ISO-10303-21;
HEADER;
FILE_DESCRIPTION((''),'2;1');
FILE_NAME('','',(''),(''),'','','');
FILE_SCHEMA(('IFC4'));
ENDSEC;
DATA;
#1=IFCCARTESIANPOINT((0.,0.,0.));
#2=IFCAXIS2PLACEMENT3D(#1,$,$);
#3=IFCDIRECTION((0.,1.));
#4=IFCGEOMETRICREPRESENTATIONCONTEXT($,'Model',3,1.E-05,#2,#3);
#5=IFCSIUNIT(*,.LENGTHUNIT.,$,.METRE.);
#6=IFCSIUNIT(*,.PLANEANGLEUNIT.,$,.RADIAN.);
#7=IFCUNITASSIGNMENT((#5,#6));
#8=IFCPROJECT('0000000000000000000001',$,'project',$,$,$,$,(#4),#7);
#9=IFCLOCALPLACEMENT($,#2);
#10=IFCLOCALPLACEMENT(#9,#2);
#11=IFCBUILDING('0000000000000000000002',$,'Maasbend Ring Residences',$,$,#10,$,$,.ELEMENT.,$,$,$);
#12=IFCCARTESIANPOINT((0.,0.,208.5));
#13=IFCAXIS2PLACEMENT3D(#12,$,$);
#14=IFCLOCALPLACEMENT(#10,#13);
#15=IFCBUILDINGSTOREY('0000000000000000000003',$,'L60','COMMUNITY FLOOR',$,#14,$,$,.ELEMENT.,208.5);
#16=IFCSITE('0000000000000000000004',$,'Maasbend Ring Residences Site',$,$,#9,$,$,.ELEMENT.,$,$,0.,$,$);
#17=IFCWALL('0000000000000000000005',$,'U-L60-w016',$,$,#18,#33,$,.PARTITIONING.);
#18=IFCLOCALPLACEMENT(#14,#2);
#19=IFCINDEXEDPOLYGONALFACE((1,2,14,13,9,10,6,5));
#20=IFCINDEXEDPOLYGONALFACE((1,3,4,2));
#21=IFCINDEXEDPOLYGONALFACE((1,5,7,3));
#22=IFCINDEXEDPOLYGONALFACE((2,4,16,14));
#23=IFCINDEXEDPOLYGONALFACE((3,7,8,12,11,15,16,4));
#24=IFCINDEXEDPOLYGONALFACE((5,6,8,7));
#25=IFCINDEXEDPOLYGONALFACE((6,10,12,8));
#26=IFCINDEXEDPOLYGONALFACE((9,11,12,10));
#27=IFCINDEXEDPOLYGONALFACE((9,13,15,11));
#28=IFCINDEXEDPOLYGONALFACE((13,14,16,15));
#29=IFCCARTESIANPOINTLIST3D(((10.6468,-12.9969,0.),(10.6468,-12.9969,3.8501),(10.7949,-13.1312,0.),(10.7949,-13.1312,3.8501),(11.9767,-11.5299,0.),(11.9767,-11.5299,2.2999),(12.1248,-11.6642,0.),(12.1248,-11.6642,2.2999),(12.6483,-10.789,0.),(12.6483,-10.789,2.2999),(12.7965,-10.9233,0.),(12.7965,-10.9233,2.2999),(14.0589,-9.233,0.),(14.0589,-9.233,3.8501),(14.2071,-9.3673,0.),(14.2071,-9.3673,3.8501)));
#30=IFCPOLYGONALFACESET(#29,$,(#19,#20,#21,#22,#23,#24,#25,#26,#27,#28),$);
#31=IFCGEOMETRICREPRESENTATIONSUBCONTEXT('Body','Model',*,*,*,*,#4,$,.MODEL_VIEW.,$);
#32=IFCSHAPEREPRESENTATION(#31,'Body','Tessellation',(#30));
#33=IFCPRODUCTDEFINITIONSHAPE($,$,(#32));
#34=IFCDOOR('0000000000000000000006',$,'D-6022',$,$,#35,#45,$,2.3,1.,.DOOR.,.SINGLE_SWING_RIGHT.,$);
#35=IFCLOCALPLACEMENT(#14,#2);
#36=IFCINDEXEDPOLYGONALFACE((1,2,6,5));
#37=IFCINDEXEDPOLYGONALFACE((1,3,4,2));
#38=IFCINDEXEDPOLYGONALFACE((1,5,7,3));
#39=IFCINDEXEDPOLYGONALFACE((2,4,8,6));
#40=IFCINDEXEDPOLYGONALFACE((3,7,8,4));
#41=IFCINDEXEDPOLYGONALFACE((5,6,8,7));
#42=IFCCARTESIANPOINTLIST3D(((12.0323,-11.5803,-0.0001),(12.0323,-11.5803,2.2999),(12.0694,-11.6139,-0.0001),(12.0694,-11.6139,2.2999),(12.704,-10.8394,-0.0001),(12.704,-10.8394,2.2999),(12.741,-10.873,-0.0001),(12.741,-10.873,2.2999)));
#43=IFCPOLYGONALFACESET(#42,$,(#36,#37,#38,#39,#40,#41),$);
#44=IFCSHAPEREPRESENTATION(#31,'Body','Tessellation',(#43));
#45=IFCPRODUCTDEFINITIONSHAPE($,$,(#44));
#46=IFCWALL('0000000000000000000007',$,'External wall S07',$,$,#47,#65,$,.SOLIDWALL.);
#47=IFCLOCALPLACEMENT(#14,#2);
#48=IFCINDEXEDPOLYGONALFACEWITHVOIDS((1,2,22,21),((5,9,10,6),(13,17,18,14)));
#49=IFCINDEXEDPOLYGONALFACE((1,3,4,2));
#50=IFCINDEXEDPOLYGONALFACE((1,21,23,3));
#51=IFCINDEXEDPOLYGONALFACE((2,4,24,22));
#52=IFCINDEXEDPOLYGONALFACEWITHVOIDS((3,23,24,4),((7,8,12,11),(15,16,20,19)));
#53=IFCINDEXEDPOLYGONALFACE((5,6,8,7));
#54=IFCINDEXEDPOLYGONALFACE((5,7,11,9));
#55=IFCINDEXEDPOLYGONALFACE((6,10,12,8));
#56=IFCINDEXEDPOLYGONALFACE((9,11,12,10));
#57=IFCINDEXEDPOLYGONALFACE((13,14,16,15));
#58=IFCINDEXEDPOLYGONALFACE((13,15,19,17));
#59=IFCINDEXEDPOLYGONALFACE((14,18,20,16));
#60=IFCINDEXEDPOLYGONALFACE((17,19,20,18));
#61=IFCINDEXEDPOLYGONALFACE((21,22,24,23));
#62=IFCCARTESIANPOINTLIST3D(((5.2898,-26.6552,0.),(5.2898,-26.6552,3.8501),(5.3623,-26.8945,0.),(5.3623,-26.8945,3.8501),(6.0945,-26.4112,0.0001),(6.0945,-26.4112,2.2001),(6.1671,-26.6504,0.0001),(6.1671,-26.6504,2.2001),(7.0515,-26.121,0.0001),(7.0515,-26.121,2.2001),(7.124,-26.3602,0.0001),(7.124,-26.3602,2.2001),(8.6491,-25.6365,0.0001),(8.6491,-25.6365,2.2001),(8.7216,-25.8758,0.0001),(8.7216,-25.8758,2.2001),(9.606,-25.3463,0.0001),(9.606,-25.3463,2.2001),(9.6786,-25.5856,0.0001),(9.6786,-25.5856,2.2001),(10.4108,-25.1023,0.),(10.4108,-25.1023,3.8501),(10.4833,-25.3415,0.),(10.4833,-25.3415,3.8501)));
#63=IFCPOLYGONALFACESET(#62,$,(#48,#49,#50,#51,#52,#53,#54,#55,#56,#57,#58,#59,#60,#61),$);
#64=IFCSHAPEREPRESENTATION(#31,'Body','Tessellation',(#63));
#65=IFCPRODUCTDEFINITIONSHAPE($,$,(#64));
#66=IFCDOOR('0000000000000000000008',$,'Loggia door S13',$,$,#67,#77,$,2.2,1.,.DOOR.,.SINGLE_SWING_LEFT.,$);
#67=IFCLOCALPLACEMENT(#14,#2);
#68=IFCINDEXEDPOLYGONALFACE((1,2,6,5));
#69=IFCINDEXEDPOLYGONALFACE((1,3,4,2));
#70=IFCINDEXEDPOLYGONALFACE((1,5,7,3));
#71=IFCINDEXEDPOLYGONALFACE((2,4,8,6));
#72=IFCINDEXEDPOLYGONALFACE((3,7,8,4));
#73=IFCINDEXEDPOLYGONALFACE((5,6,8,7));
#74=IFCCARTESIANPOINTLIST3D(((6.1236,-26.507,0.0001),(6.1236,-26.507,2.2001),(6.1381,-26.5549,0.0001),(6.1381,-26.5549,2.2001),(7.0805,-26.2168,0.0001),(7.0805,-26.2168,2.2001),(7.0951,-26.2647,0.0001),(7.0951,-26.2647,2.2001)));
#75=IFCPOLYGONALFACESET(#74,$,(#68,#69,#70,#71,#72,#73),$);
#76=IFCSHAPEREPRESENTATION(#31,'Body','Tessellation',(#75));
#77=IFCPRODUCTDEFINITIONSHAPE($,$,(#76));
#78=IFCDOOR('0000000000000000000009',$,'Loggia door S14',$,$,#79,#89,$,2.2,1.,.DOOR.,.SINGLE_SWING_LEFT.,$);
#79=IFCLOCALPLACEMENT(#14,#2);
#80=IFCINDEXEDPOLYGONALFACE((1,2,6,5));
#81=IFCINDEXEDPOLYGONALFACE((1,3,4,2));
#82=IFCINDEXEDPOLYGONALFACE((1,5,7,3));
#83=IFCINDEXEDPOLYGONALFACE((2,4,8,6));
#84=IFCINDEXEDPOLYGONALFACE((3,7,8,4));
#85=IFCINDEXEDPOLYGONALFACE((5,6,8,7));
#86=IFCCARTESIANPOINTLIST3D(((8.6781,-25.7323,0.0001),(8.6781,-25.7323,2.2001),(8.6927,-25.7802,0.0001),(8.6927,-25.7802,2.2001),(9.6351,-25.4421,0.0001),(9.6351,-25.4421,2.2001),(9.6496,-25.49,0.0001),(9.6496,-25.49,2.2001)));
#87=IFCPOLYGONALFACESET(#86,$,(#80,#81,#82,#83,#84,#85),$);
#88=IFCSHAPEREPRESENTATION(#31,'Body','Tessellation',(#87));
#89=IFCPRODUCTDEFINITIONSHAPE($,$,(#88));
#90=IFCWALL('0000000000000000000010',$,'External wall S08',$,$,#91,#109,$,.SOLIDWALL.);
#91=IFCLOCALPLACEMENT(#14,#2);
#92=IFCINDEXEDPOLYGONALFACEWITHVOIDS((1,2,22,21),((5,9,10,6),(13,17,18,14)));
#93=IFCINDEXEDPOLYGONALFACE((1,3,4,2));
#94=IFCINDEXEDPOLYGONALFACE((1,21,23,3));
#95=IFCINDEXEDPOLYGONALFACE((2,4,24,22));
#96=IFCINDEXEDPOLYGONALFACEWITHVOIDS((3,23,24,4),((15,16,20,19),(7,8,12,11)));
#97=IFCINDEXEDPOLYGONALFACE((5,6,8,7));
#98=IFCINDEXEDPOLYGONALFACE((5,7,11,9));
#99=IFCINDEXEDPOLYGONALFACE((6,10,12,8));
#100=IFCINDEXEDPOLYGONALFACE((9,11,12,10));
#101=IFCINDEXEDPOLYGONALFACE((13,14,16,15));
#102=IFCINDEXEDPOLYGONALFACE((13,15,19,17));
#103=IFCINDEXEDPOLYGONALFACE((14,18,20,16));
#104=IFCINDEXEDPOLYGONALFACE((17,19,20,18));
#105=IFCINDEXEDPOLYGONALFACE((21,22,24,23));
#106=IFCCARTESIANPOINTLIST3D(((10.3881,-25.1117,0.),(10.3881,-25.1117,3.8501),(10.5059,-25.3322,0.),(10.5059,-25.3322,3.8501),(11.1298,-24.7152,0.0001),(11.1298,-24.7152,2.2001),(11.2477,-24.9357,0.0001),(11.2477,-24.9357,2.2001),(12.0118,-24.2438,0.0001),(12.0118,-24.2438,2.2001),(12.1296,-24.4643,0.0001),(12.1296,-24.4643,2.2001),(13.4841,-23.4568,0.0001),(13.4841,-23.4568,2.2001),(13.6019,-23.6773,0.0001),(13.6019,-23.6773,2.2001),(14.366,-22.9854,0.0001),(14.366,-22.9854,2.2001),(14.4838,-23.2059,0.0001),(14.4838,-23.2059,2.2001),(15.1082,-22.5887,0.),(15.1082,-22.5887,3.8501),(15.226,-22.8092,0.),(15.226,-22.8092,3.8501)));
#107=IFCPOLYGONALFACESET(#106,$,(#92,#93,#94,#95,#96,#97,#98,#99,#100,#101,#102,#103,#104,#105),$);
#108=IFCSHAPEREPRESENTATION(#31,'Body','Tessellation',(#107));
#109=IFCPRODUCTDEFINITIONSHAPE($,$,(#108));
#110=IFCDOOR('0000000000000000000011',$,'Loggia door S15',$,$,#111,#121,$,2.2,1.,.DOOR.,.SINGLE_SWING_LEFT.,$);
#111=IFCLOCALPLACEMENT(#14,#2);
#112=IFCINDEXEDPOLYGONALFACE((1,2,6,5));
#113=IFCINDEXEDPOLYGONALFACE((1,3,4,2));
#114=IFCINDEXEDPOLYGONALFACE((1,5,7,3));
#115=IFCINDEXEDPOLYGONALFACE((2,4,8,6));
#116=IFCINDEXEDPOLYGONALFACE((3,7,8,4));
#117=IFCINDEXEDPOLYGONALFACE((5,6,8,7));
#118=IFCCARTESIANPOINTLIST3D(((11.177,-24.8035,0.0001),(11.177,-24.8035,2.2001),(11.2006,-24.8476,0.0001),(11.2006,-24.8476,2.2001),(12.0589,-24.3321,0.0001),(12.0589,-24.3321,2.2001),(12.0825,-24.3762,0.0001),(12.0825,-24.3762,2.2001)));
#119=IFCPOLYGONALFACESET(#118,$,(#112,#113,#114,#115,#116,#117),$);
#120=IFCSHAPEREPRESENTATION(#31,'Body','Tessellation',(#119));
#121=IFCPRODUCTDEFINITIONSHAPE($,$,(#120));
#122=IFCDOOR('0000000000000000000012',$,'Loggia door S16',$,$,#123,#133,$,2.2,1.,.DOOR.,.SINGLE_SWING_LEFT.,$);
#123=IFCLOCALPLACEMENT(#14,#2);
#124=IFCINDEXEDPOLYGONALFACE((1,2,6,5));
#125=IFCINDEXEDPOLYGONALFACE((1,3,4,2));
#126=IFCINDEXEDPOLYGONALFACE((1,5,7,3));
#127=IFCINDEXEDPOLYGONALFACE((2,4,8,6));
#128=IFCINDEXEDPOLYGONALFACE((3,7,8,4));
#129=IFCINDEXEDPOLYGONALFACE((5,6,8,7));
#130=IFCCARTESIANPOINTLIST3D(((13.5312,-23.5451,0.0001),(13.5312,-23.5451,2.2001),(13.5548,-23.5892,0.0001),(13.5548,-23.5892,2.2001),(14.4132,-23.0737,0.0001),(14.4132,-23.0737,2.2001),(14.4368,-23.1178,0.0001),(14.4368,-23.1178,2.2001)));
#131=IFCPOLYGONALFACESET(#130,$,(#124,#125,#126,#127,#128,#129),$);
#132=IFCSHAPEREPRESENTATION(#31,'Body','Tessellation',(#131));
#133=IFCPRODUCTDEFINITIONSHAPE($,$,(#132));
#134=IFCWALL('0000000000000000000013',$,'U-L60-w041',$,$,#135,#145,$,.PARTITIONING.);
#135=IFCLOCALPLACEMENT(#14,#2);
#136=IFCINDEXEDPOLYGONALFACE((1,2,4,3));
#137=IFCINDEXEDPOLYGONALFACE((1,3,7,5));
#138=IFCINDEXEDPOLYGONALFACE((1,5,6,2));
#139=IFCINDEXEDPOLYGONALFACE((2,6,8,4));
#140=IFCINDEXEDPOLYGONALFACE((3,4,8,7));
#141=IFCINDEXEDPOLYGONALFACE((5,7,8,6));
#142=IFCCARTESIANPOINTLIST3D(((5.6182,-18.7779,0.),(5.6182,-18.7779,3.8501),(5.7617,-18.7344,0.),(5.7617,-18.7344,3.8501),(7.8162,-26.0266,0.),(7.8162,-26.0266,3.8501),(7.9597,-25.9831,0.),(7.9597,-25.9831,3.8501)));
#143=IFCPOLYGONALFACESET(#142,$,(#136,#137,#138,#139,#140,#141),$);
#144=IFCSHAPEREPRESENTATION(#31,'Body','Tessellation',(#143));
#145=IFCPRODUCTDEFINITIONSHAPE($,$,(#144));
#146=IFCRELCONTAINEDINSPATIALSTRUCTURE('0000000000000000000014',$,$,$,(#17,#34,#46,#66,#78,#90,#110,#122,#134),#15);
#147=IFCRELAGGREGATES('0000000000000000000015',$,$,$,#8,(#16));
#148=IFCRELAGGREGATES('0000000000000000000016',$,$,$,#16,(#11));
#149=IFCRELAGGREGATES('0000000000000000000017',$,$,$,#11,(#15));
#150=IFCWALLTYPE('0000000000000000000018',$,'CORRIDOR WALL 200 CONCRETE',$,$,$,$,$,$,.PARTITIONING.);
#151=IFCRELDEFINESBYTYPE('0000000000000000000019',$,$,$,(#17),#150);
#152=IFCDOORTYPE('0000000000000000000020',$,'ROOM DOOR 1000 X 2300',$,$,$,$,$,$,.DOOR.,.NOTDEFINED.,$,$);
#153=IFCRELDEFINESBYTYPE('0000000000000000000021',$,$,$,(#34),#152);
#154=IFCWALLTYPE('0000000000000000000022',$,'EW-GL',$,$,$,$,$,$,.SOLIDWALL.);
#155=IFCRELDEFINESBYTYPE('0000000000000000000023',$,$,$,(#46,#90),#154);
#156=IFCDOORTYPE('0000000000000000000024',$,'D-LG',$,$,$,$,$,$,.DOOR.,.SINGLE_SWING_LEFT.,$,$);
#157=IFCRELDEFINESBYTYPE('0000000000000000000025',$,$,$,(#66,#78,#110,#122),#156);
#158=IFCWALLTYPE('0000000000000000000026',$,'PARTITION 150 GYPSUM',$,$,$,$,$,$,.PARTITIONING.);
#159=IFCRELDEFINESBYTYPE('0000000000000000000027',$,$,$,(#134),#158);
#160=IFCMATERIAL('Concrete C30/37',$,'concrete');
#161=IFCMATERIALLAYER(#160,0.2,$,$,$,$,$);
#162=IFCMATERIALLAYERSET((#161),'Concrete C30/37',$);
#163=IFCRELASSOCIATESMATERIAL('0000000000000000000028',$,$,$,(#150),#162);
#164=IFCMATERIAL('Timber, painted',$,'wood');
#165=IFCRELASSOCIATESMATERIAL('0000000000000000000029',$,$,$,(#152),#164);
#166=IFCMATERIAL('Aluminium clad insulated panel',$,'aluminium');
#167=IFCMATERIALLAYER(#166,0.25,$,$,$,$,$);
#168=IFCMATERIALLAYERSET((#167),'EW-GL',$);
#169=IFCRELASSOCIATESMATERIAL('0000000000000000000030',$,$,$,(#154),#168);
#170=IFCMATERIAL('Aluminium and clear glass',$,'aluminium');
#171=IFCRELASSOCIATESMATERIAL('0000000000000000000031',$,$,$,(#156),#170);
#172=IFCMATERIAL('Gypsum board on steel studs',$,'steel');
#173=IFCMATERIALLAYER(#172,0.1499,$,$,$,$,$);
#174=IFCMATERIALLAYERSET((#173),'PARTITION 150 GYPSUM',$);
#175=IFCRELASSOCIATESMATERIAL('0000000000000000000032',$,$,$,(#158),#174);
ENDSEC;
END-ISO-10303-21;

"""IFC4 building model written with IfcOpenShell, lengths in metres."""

from ifc_helpers import new_model, si_unit, direction, frame, frame_2d, origin, place, context, subcontext, project, spatial, rectangle, extrude, material, layer, layer_set, type_object, element, fill, save


model = new_model("IFC4")

# Units and contexts
model_context = context("Model", 3, precision=1e-05, world=origin(), true_north=direction((0.0, 1.0)))
body_context = subcontext(model_context, "Body", "Model", "MODEL_VIEW")
ifc_project = project(units=[si_unit("LENGTHUNIT", "METRE"), si_unit("PLANEANGLEUNIT", "RADIAN")], contexts=[model_context])

# Site, building, storey
site_placement = place(None, origin())
site = spatial("IfcSite", under=ifc_project, at=site_placement, Name="Maasbend Ring Residences Site", CompositionType="ELEMENT", RefElevation=0.0)
building_placement = place(site_placement, origin())
building = spatial("IfcBuilding", under=site, at=building_placement, Name="Maasbend Ring Residences", CompositionType="ELEMENT")
storey_placement = place(building_placement, frame((0.0, 0.0, 208.5)))
storey = spatial("IfcBuildingStorey", under=building, at=storey_placement, Name="L60", Description="COMMUNITY FLOOR", CompositionType="ELEMENT", Elevation=208.5)

# Shared definitions
ifc_material_1 = material(Name="Concrete C30/37", Category="concrete")
ifc_layer_1 = layer(ifc_material_1, 0.2)
ifc_layer_set_1 = layer_set([ifc_layer_1], Name="Concrete C30/37")
wall_type_1 = type_object("IfcWallType", Name="CORRIDOR WALL 200 CONCRETE", PredefinedType="PARTITIONING", material=ifc_layer_set_1)

# Wall, opening, door
wall_1_placement = place(storey_placement, frame((10.7209, -13.064, 0.0), z_axis=(0.0, 0.0, 1.0), x_axis=(0.671634, 0.740883, 0.0)))
wall_1 = element("IfcWall", 1, at=wall_1_placement, inside=storey, type_object=wall_type_1, Name="U-L60-w016", PredefinedType="PARTITIONING", context=body_context, shape_type="SweptSolid", body=[
    extrude(rectangle(XDim=5.0803, YDim=0.2, at=frame_2d((2.54, 0.0))), origin(), (0.0, 0.0, 1.0), 3.8501),
])
opening_1_placement = place(wall_1_placement, frame((1.98, 0.0, 0.0)))
opening_1 = element("IfcOpeningElement", 2, at=opening_1_placement, cuts=wall_1, PredefinedType="OPENING", context=body_context, shape_type="SweptSolid", body=[
    extrude(rectangle(XDim=1.0, YDim=2.3, at=frame_2d((0.5, 1.1499))), frame((0.0, 0.1099, 0.0), z_axis=(0.0, -1.0, 0.0), x_axis=(1.0, 0.0, 0.0)), (0.0, 0.0, 1.0), 0.22),
])
ifc_material_2 = material(Name="Timber, painted", Category="wood")
door_type_1 = type_object("IfcDoorType", Name="ROOM DOOR 1000 X 2300", OperationType="NOTDEFINED", PredefinedType="DOOR", material=ifc_material_2)
door_1_placement = place(opening_1_placement, origin())
door_1 = element("IfcDoor", 3, at=door_1_placement, inside=storey, type_object=door_type_1, Name="D-6022", OperationType="SINGLE_SWING_RIGHT", OverallHeight=2.3, OverallWidth=1.0, PredefinedType="DOOR", context=body_context, shape_type="SweptSolid", body=[
    extrude(rectangle(XDim=1.0, YDim=2.3, at=frame_2d((0.5, 1.1499))), frame((0.0, 0.0249, 0.0), z_axis=(0.0, -1.0, 0.0), x_axis=(1.0, 0.0, 0.0)), (0.0, 0.0, 1.0), 0.05),
])
fill(opening_1, door_1)

# Walls, openings, doors
ifc_material_3 = material(Name="Aluminium clad insulated panel", Category="aluminium")
ifc_layer_2 = layer(ifc_material_3, 0.25)
ifc_layer_set_2 = layer_set([ifc_layer_2], Name="EW-GL")
wall_type_2 = type_object("IfcWallType", Name="EW-GL", PredefinedType="SOLIDWALL", material=ifc_layer_set_2)
wall_2_placement = place(storey_placement, frame((5.3259, -26.7749, 0.0), z_axis=(0.0, 0.0, 1.0), x_axis=(0.956966, 0.290201, 0.0)))
wall_2 = element("IfcWall", 4, at=wall_2_placement, inside=storey, type_object=wall_type_2, Name="External wall S07", PredefinedType="SOLIDWALL", context=body_context, shape_type="SweptSolid", body=[
    extrude(rectangle(XDim=5.3513, YDim=0.25, at=frame_2d((2.6758, 0.0))), origin(), (0.0, 0.0, 1.0), 3.8501),
])
opening_2_placement = place(wall_2_placement, frame((0.8411, 0.0, 0.0)))
opening_2 = element("IfcOpeningElement", 5, at=opening_2_placement, cuts=wall_2, PredefinedType="OPENING", context=body_context, shape_type="SweptSolid", body=[
    extrude(rectangle(XDim=1.0, YDim=2.2, at=frame_2d((0.5, 1.1001))), frame((0.0, 0.135, 0.0), z_axis=(0.0, -1.0, 0.0), x_axis=(1.0, 0.0, 0.0)), (0.0, 0.0, 1.0), 0.27),
])
opening_3_placement = place(wall_2_placement, frame((3.5105, 0.0, 0.0)))
opening_3 = element("IfcOpeningElement", 6, at=opening_3_placement, cuts=wall_2, PredefinedType="OPENING", context=body_context, shape_type="SweptSolid", body=[
    extrude(rectangle(XDim=1.0, YDim=2.2, at=frame_2d((0.5, 1.1001))), frame((0.0, 0.135, 0.0), z_axis=(0.0, -1.0, 0.0), x_axis=(1.0, 0.0, 0.0)), (0.0, 0.0, 1.0), 0.27),
])
ifc_material_4 = material(Name="Aluminium and clear glass", Category="aluminium")
door_type_2 = type_object("IfcDoorType", Name="D-LG", OperationType="SINGLE_SWING_LEFT", PredefinedType="DOOR", material=ifc_material_4)
door_2_placement = place(opening_2_placement, origin())
door_2 = element("IfcDoor", 7, at=door_2_placement, inside=storey, type_object=door_type_2, Name="Loggia door S13", OperationType="SINGLE_SWING_LEFT", OverallHeight=2.2, OverallWidth=1.0, PredefinedType="DOOR", context=body_context, shape_type="SweptSolid", body=[
    extrude(rectangle(XDim=1.0, YDim=2.2, at=frame_2d((0.5, 1.1001))), frame((0.0, 0.0249, 0.0), z_axis=(0.0, -1.0, 0.0), x_axis=(1.0, 0.0, 0.0)), (0.0, 0.0, 1.0), 0.05),
])
fill(opening_2, door_2)
door_3_placement = place(opening_3_placement, origin())
door_3 = element("IfcDoor", 8, at=door_3_placement, inside=storey, type_object=door_type_2, Name="Loggia door S14", OperationType="SINGLE_SWING_LEFT", OverallHeight=2.2, OverallWidth=1.0, PredefinedType="DOOR", context=body_context, shape_type="SweptSolid", body=[
    extrude(rectangle(XDim=1.0, YDim=2.2, at=frame_2d((0.5, 1.1001))), frame((0.0, 0.0249, 0.0), z_axis=(0.0, -1.0, 0.0), x_axis=(1.0, 0.0, 0.0)), (0.0, 0.0, 1.0), 0.05),
])
fill(opening_3, door_3)
wall_3_placement = place(storey_placement, frame((10.447, -25.2219, 0.0), z_axis=(0.0, 0.0, 1.0), x_axis=(0.881916, 0.471407, 0.0)))
wall_3 = element("IfcWall", 9, at=wall_3_placement, inside=storey, type_object=wall_type_2, Name="External wall S08", PredefinedType="SOLIDWALL", context=body_context, shape_type="SweptSolid", body=[
    extrude(rectangle(XDim=5.3521, YDim=0.25, at=frame_2d((2.676, 0.0))), origin(), (0.0, 0.0, 1.0), 3.8501),
])
opening_4_placement = place(wall_3_placement, frame((0.8411, 0.0, 0.0)))
opening_4 = element("IfcOpeningElement", 10, at=opening_4_placement, cuts=wall_3, PredefinedType="OPENING", context=body_context, shape_type="SweptSolid", body=[
    extrude(rectangle(XDim=1.0, YDim=2.2, at=frame_2d((0.5, 1.1001))), frame((0.0, 0.135, 0.0), z_axis=(0.0, -1.0, 0.0), x_axis=(1.0, 0.0, 0.0)), (0.0, 0.0, 1.0), 0.27),
])
opening_5_placement = place(wall_3_placement, frame((3.5105, 0.0, 0.0)))
opening_5 = element("IfcOpeningElement", 11, at=opening_5_placement, cuts=wall_3, PredefinedType="OPENING", context=body_context, shape_type="SweptSolid", body=[
    extrude(rectangle(XDim=1.0, YDim=2.2, at=frame_2d((0.5, 1.1001))), frame((0.0, 0.135, 0.0), z_axis=(0.0, -1.0, 0.0), x_axis=(1.0, 0.0, 0.0)), (0.0, 0.0, 1.0), 0.27),
])
door_4_placement = place(opening_4_placement, origin())
door_4 = element("IfcDoor", 12, at=door_4_placement, inside=storey, type_object=door_type_2, Name="Loggia door S15", OperationType="SINGLE_SWING_LEFT", OverallHeight=2.2, OverallWidth=1.0, PredefinedType="DOOR", context=body_context, shape_type="SweptSolid", body=[
    extrude(rectangle(XDim=1.0, YDim=2.2, at=frame_2d((0.5, 1.1001))), frame((0.0, 0.0249, 0.0), z_axis=(0.0, -1.0, 0.0), x_axis=(1.0, 0.0, 0.0)), (0.0, 0.0, 1.0), 0.05),
])
fill(opening_4, door_4)
door_5_placement = place(opening_5_placement, origin())
door_5 = element("IfcDoor", 13, at=door_5_placement, inside=storey, type_object=door_type_2, Name="Loggia door S16", OperationType="SINGLE_SWING_LEFT", OverallHeight=2.2, OverallWidth=1.0, PredefinedType="DOOR", context=body_context, shape_type="SweptSolid", body=[
    extrude(rectangle(XDim=1.0, YDim=2.2, at=frame_2d((0.5, 1.1001))), frame((0.0, 0.0249, 0.0), z_axis=(0.0, -1.0, 0.0), x_axis=(1.0, 0.0, 0.0)), (0.0, 0.0, 1.0), 0.05),
])
fill(opening_5, door_5)

# Wall
ifc_material_5 = material(Name="Gypsum board on steel studs", Category="steel")
ifc_layer_3 = layer(ifc_material_5, 0.1499)
ifc_layer_set_3 = layer_set([ifc_layer_3], Name="PARTITION 150 GYPSUM")
wall_type_3 = type_object("IfcWallType", Name="PARTITION 150 GYPSUM", PredefinedType="PARTITIONING", material=ifc_layer_set_3)
wall_4_placement = place(storey_placement, frame((5.6899, -18.7561, 0.0), z_axis=(0.0, 0.0, 1.0), x_axis=(0.290176, -0.956973, 0.0)))
element("IfcWall", 14, at=wall_4_placement, inside=storey, type_object=wall_type_3, Name="U-L60-w041", PredefinedType="PARTITIONING", context=body_context, shape_type="SweptSolid", body=[
    extrude(rectangle(XDim=7.5747, YDim=0.1499, at=frame_2d((3.7874, 0.0))), origin(), (0.0, 0.0, 1.0), 3.8501),
])

save(model, "model.ifc")
